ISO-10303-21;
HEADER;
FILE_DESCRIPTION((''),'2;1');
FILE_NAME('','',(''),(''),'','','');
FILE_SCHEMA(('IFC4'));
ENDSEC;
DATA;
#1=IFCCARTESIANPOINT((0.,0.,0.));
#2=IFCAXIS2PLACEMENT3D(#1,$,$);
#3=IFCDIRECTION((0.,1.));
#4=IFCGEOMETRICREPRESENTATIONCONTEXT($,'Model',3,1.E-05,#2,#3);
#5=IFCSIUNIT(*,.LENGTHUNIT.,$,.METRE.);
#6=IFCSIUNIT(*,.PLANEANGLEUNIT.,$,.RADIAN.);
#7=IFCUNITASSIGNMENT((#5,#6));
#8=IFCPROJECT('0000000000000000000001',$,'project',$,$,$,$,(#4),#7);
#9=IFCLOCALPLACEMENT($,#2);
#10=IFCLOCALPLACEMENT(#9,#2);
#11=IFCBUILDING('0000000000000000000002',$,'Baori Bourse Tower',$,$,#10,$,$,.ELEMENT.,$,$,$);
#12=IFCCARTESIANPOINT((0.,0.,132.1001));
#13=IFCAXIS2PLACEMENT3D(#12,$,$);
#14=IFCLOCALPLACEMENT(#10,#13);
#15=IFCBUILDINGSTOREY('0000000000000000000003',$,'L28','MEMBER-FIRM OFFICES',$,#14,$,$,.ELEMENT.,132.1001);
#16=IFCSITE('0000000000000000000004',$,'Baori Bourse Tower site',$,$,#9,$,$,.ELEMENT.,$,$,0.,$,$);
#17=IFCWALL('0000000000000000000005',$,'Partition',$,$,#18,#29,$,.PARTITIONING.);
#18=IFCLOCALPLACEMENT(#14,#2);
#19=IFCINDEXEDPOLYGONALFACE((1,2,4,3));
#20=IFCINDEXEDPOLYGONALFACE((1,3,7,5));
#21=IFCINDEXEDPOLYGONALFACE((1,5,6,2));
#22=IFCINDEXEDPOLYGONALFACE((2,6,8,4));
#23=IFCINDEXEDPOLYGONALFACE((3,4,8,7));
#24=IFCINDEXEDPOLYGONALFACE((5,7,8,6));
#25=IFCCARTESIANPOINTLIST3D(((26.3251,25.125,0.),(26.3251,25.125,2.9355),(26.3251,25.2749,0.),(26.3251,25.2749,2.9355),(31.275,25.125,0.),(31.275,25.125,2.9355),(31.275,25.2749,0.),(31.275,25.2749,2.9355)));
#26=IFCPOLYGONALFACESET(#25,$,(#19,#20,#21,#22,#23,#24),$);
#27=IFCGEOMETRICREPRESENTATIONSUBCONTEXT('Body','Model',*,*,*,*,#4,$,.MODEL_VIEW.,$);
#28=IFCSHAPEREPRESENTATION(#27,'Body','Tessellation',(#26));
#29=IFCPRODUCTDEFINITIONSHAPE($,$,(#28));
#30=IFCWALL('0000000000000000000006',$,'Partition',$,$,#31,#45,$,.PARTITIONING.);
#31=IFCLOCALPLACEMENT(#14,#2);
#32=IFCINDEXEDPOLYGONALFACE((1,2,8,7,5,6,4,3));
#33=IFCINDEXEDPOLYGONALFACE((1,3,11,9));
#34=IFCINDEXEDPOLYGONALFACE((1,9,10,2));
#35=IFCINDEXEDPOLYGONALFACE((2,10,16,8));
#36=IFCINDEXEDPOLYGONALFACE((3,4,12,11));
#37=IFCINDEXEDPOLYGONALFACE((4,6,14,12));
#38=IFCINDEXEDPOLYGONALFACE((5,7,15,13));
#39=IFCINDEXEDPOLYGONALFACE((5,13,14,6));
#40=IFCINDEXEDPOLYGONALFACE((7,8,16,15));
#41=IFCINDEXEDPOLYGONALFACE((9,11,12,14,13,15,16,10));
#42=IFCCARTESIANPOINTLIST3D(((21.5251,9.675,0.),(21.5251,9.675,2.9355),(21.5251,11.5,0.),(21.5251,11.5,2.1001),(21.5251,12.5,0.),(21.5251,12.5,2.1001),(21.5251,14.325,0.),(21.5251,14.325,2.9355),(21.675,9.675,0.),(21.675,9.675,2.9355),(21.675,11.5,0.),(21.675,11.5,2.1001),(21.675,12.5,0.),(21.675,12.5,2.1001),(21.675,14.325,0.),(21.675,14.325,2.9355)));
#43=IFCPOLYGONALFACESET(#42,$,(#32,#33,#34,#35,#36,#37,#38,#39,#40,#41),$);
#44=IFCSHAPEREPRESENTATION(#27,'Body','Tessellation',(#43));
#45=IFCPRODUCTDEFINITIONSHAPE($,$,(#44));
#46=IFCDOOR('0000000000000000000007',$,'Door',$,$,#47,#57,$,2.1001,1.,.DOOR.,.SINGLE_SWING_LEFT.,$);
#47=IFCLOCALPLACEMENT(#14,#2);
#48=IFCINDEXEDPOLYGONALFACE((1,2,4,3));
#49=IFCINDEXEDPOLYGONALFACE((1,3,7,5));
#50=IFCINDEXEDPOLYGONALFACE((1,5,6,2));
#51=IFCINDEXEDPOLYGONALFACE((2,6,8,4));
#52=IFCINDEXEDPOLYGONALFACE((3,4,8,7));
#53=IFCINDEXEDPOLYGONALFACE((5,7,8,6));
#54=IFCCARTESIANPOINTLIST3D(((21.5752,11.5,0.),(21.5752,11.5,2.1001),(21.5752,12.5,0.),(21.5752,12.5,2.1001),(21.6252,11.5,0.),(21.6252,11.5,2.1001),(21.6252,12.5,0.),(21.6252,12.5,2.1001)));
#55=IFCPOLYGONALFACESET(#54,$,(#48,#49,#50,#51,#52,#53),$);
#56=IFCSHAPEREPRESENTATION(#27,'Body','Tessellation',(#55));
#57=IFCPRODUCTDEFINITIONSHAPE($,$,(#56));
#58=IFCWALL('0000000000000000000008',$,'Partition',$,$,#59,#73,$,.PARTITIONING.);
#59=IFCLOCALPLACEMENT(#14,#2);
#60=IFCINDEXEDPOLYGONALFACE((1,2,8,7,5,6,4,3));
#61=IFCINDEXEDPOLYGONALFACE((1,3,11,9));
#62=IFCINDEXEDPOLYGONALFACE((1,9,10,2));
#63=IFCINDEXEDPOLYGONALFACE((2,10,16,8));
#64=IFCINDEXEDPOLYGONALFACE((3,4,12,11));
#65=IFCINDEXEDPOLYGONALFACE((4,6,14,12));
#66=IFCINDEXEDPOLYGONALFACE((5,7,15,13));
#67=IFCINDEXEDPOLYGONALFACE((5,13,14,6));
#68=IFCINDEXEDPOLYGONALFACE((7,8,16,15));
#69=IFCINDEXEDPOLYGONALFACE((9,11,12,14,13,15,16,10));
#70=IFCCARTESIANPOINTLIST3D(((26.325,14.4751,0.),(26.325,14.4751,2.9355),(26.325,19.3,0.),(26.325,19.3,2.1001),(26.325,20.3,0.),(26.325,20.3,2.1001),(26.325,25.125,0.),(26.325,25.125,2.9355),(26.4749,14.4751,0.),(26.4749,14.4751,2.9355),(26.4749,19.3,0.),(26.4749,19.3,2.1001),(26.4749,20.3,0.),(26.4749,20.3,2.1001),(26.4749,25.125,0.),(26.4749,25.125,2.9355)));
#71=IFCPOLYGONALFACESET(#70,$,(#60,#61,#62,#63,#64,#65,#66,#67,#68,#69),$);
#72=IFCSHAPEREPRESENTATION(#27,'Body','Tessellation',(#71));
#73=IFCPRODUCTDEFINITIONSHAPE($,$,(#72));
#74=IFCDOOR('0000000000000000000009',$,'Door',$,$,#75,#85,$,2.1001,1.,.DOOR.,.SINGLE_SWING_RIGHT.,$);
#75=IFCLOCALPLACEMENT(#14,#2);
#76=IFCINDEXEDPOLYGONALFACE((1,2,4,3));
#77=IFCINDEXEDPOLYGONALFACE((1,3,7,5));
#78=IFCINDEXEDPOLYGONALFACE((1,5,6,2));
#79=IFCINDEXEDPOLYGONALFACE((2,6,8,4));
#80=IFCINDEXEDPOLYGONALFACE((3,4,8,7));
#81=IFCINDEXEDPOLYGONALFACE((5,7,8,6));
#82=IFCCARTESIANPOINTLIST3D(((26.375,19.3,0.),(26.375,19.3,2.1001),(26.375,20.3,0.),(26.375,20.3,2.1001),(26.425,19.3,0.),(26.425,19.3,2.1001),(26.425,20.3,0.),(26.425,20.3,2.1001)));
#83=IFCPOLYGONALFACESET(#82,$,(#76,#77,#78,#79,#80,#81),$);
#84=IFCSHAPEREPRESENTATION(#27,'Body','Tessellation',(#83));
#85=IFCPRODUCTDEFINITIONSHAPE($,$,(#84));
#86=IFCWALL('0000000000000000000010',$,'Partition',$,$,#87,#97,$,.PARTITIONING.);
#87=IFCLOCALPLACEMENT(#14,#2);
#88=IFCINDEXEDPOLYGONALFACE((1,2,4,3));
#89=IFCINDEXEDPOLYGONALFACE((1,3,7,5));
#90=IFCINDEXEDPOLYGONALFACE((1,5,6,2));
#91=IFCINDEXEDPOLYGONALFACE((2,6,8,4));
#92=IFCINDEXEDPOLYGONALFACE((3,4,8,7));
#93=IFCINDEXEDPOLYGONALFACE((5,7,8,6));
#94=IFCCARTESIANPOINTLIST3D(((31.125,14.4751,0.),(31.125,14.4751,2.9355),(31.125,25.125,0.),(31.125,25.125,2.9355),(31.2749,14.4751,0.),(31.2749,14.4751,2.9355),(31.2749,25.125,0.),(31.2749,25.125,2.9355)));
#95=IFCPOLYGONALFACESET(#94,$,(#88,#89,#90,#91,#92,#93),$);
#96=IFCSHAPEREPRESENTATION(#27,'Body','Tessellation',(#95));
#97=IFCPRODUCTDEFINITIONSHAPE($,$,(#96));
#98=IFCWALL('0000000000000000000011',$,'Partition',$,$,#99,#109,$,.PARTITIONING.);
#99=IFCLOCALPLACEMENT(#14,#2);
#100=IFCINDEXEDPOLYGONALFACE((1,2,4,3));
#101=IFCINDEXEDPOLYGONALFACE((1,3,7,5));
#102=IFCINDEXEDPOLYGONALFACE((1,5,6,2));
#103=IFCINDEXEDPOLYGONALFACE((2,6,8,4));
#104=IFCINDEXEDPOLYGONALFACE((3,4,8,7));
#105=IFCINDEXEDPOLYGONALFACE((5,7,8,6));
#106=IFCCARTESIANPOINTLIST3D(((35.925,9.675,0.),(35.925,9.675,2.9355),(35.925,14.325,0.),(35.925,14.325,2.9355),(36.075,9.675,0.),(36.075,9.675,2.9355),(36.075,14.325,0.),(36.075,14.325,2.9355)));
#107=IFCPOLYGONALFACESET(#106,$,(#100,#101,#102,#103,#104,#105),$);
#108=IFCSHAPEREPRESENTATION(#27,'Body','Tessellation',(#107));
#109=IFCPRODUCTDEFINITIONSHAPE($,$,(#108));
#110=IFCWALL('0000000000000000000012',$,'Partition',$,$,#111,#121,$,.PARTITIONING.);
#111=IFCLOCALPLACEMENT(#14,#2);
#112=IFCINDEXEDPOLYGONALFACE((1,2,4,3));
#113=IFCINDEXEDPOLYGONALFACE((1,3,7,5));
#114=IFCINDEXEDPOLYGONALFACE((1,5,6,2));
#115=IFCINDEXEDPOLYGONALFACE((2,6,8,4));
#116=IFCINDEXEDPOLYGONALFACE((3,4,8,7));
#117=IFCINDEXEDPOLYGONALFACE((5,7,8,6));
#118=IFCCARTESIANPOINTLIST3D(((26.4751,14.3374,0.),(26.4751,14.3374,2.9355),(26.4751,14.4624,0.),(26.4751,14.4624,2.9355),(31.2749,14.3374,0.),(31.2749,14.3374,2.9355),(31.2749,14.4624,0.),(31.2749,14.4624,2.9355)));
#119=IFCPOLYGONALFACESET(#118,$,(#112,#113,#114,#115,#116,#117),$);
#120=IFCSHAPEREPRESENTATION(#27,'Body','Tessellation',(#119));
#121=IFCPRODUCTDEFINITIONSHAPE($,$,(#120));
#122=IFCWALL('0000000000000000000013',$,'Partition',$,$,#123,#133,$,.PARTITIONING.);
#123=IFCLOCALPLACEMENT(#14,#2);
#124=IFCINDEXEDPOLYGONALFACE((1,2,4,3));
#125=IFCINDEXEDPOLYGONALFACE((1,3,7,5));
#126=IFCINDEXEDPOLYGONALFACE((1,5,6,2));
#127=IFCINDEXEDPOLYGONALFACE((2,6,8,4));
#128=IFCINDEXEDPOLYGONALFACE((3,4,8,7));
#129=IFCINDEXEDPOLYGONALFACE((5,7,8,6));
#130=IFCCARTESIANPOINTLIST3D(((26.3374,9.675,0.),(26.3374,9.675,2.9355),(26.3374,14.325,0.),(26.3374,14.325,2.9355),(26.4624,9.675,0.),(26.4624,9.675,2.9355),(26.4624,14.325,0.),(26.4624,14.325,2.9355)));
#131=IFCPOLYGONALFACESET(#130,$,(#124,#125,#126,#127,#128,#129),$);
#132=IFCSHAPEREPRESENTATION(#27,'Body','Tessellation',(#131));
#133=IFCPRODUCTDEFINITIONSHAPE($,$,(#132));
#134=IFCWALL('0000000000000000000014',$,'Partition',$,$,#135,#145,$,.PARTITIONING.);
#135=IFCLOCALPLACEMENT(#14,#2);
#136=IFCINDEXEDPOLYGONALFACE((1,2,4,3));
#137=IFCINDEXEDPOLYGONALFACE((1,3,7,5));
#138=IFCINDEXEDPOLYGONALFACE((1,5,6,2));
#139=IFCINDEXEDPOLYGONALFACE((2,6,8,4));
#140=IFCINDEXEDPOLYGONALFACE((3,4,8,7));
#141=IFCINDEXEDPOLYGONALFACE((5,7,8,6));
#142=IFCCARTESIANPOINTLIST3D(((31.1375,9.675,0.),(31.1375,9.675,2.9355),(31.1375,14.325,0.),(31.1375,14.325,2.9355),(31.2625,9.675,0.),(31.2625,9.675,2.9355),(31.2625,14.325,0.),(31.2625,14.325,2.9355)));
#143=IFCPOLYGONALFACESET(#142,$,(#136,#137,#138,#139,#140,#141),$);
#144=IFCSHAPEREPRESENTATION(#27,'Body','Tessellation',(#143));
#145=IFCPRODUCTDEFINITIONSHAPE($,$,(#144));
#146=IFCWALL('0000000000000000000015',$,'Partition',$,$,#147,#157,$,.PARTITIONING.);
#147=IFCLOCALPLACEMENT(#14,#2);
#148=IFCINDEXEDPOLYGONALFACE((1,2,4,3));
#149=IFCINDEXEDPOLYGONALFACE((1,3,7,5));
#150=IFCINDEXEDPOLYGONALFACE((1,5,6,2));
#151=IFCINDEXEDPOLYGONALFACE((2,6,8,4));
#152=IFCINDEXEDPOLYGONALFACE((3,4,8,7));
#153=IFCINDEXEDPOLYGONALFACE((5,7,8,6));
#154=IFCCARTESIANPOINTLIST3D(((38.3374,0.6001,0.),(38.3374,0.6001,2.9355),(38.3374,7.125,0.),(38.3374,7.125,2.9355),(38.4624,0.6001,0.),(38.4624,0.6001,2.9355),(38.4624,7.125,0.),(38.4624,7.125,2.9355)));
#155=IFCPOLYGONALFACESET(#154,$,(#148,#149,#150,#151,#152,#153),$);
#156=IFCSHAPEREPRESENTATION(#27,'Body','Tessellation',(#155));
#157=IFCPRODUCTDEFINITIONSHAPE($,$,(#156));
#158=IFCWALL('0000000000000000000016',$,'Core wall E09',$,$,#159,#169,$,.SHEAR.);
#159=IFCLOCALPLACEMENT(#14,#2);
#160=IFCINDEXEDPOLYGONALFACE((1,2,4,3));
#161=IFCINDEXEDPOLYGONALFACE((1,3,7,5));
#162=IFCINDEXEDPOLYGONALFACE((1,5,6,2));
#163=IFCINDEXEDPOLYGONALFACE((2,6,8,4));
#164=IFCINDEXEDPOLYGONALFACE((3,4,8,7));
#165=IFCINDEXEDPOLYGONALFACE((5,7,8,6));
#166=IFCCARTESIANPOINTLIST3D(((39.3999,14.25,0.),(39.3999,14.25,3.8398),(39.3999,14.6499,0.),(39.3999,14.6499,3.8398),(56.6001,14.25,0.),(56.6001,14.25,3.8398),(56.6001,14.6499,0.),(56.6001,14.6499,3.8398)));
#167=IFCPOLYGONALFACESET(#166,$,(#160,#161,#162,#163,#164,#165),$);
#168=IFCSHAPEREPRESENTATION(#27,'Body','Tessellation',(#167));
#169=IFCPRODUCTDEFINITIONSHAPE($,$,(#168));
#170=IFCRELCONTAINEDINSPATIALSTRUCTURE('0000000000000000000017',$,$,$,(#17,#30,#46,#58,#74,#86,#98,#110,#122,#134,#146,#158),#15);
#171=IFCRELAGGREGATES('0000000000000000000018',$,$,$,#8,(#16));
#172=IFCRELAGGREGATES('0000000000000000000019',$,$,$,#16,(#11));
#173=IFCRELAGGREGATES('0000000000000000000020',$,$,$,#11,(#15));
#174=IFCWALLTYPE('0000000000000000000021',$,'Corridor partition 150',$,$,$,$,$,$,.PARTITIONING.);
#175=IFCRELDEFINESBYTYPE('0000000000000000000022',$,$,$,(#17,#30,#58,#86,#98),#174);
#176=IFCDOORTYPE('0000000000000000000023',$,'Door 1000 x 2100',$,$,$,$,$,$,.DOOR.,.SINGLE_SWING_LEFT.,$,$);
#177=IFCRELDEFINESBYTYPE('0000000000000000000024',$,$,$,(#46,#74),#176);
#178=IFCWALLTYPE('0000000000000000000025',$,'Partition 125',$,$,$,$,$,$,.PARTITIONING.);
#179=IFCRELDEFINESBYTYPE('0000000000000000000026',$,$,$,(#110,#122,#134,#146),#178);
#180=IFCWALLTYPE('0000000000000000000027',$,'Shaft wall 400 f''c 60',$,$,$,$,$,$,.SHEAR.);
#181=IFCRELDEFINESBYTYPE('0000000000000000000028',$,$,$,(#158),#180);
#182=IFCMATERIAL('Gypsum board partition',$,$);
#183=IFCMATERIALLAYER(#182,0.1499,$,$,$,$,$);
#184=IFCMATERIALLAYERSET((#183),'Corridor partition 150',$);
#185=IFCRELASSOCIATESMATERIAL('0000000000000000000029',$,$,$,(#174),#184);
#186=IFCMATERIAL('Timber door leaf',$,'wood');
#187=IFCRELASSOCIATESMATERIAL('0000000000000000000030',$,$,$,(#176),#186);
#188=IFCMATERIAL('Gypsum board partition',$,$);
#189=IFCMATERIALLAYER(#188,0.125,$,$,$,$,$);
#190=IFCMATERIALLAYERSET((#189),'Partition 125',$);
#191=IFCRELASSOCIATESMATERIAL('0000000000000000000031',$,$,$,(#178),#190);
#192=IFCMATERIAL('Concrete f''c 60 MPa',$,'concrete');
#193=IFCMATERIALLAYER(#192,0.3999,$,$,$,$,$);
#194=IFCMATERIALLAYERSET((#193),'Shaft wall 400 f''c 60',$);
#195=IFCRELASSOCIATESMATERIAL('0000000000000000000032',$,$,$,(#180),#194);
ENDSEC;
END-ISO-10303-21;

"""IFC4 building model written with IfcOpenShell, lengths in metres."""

from ifc_helpers import new_model, si_unit, direction, frame, frame_2d, origin, place, context, subcontext, project, spatial, rectangle, extrude, material, layer, layer_set, type_object, element, fill, save


model = new_model("IFC4")

# Units and contexts
model_context = context("Model", 3, precision=1e-05, world=origin(), true_north=direction((0.0, 1.0)))
body_context = subcontext(model_context, "Body", "Model", "MODEL_VIEW")
ifc_project = project(units=[si_unit("LENGTHUNIT", "METRE"), si_unit("PLANEANGLEUNIT", "RADIAN")], contexts=[model_context])

# Site, building, storey
site_placement = place(None, origin())
site = spatial("IfcSite", under=ifc_project, at=site_placement, Name="Baori Bourse Tower site", CompositionType="ELEMENT", RefElevation=0.0)
building_placement = place(site_placement, origin())
building = spatial("IfcBuilding", under=site, at=building_placement, Name="Baori Bourse Tower", CompositionType="ELEMENT")
storey_placement = place(building_placement, frame((0.0, 0.0, 132.1001)))
storey = spatial("IfcBuildingStorey", under=building, at=storey_placement, Name="L28", Description="MEMBER-FIRM OFFICES", CompositionType="ELEMENT", Elevation=132.1001)

# Wall
ifc_material_1 = material(Name="Gypsum board partition")
ifc_layer_1 = layer(ifc_material_1, 0.1499)
ifc_layer_set_1 = layer_set([ifc_layer_1], Name="Corridor partition 150")
wall_type_1 = type_object("IfcWallType", Name="Corridor partition 150", PredefinedType="PARTITIONING", material=ifc_layer_set_1)
wall_1_placement = place(storey_placement, frame((26.325, 25.2, 0.0), z_axis=(0.0, 0.0, 1.0), x_axis=(1.0, 0.0, 0.0)))
element("IfcWall", 1, at=wall_1_placement, inside=storey, type_object=wall_type_1, Name="Partition", PredefinedType="PARTITIONING", context=body_context, shape_type="SweptSolid", body=[
    extrude(rectangle(XDim=4.95, YDim=0.1499, at=frame_2d((2.4751, 0.0))), origin(), (0.0, 0.0, 1.0), 2.9355),
])

# Walls, openings, doors
wall_2_placement = place(storey_placement, frame((21.6001, 9.675, 0.0), z_axis=(0.0, 0.0, 1.0), x_axis=(0.0, 1.0, 0.0)))
wall_2 = element("IfcWall", 2, at=wall_2_placement, inside=storey, type_object=wall_type_1, Name="Partition", PredefinedType="PARTITIONING", context=body_context, shape_type="SweptSolid", body=[
    extrude(rectangle(XDim=4.6499, YDim=0.1499, at=frame_2d((2.325, 0.0))), origin(), (0.0, 0.0, 1.0), 2.9355),
])
opening_1_placement = place(wall_2_placement, frame((1.825, 0.0, 0.0)))
opening_1 = element("IfcOpeningElement", 3, at=opening_1_placement, cuts=wall_2, PredefinedType="OPENING", context=body_context, shape_type="SweptSolid", body=[
    extrude(rectangle(XDim=1.0, YDim=2.1001, at=frame_2d((0.5, 1.05))), frame((0.0, 0.085, 0.0), z_axis=(0.0, -1.0, 0.0), x_axis=(1.0, 0.0, 0.0)), (0.0, 0.0, 1.0), 0.1699),
])
ifc_material_2 = material(Name="Timber door leaf", Category="wood")
door_type_1 = type_object("IfcDoorType", Name="Door 1000 x 2100", OperationType="SINGLE_SWING_LEFT", PredefinedType="DOOR", material=ifc_material_2)
door_1_placement = place(opening_1_placement, origin())
door_1 = element("IfcDoor", 4, at=door_1_placement, inside=storey, type_object=door_type_1, Name="Door", OperationType="SINGLE_SWING_LEFT", OverallHeight=2.1001, OverallWidth=1.0, PredefinedType="DOOR", context=body_context, shape_type="SweptSolid", body=[
    extrude(rectangle(XDim=1.0, YDim=2.1001, at=frame_2d((0.5, 1.05))), frame((0.0, 0.0249, 0.0), z_axis=(0.0, -1.0, 0.0), x_axis=(1.0, 0.0, 0.0)), (0.0, 0.0, 1.0), 0.05),
])
fill(opening_1, door_1)
wall_3_placement = place(storey_placement, frame((26.3999, 14.4751, 0.0), z_axis=(0.0, 0.0, 1.0), x_axis=(0.0, 1.0, 0.0)))
wall_3 = element("IfcWall", 5, at=wall_3_placement, inside=storey, type_object=wall_type_1, Name="Partition", PredefinedType="PARTITIONING", context=body_context, shape_type="SweptSolid", body=[
    extrude(rectangle(XDim=10.6499, YDim=0.1499, at=frame_2d((5.325, 0.0))), origin(), (0.0, 0.0, 1.0), 2.9355),
])
opening_2_placement = place(wall_3_placement, frame((4.825, 0.0, 0.0)))
opening_2 = element("IfcOpeningElement", 6, at=opening_2_placement, cuts=wall_3, PredefinedType="OPENING", context=body_context, shape_type="SweptSolid", body=[
    extrude(rectangle(XDim=1.0, YDim=2.1001, at=frame_2d((0.5, 1.05))), frame((0.0, 0.085, 0.0), z_axis=(0.0, -1.0, 0.0), x_axis=(1.0, 0.0, 0.0)), (0.0, 0.0, 1.0), 0.1699),
])
door_2_placement = place(opening_2_placement, origin())
door_2 = element("IfcDoor", 7, at=door_2_placement, inside=storey, type_object=door_type_1, Name="Door", OperationType="SINGLE_SWING_RIGHT", OverallHeight=2.1001, OverallWidth=1.0, PredefinedType="DOOR", context=body_context, shape_type="SweptSolid", body=[
    extrude(rectangle(XDim=1.0, YDim=2.1001, at=frame_2d((0.5, 1.05))), frame((0.0, 0.0249, 0.0), z_axis=(0.0, -1.0, 0.0), x_axis=(1.0, 0.0, 0.0)), (0.0, 0.0, 1.0), 0.05),
])
fill(opening_2, door_2)

# Walls
wall_4_placement = place(storey_placement, frame((31.2, 14.4751, 0.0), z_axis=(0.0, 0.0, 1.0), x_axis=(0.0, 1.0, 0.0)))
element("IfcWall", 8, at=wall_4_placement, inside=storey, type_object=wall_type_1, Name="Partition", PredefinedType="PARTITIONING", context=body_context, shape_type="SweptSolid", body=[
    extrude(rectangle(XDim=10.6499, YDim=0.1499, at=frame_2d((5.325, 0.0))), origin(), (0.0, 0.0, 1.0), 2.9355),
])
wall_5_placement = place(storey_placement, frame((36.0, 9.675, 0.0), z_axis=(0.0, 0.0, 1.0), x_axis=(0.0, 1.0, 0.0)))
element("IfcWall", 9, at=wall_5_placement, inside=storey, type_object=wall_type_1, Name="Partition", PredefinedType="PARTITIONING", context=body_context, shape_type="SweptSolid", body=[
    extrude(rectangle(XDim=4.6499, YDim=0.1499, at=frame_2d((2.325, 0.0))), origin(), (0.0, 0.0, 1.0), 2.9355),
])
ifc_material_3 = material(Name="Gypsum board partition")
ifc_layer_2 = layer(ifc_material_3, 0.125)
ifc_layer_set_2 = layer_set([ifc_layer_2], Name="Partition 125")
wall_type_2 = type_object("IfcWallType", Name="Partition 125", PredefinedType="PARTITIONING", material=ifc_layer_set_2)
wall_6_placement = place(storey_placement, frame((26.4751, 14.3999, 0.0), z_axis=(0.0, 0.0, 1.0), x_axis=(1.0, 0.0, 0.0)))
element("IfcWall", 10, at=wall_6_placement, inside=storey, type_object=wall_type_2, Name="Partition", PredefinedType="PARTITIONING", context=body_context, shape_type="SweptSolid", body=[
    extrude(rectangle(XDim=4.7998, YDim=0.125, at=frame_2d((2.3999, 0.0))), origin(), (0.0, 0.0, 1.0), 2.9355),
])
for number, where, z_axis, x_axis, name in (
    (11, (26.3999, 9.675, 0.0), (0.0, 0.0, 1.0), (0.0, 1.0, 0.0), "Partition"),
    (12, (31.2, 9.675, 0.0), (0.0, 0.0, 1.0), (0.0, 1.0, 0.0), "Partition"),
):
    element("IfcWall", number, at=place(storey_placement, frame(where, z_axis=z_axis, x_axis=x_axis)), inside=storey, type_object=wall_type_2, Name=name, PredefinedType="PARTITIONING", context=body_context, shape_type="SweptSolid", body=[
        extrude(rectangle(XDim=4.6499, YDim=0.125, at=frame_2d((2.325, 0.0))), origin(), (0.0, 0.0, 1.0), 2.9355),
    ])
wall_7_placement = place(storey_placement, frame((38.3999, 0.6001, 0.0), z_axis=(0.0, 0.0, 1.0), x_axis=(0.0, 1.0, 0.0)))
element("IfcWall", 13, at=wall_7_placement, inside=storey, type_object=wall_type_2, Name="Partition", PredefinedType="PARTITIONING", context=body_context, shape_type="SweptSolid", body=[
    extrude(rectangle(XDim=6.5249, YDim=0.125, at=frame_2d((3.2625, 0.0))), origin(), (0.0, 0.0, 1.0), 2.9355),
])
ifc_material_4 = material(Name="Concrete f'c 60 MPa", Category="concrete")
ifc_layer_3 = layer(ifc_material_4, 0.3999)
ifc_layer_set_3 = layer_set([ifc_layer_3], Name="Shaft wall 400 f'c 60")
wall_type_3 = type_object("IfcWallType", Name="Shaft wall 400 f'c 60", PredefinedType="SHEAR", material=ifc_layer_set_3)
wall_8_placement = place(storey_placement, frame((39.3999, 14.45, 0.0), z_axis=(0.0, 0.0, 1.0), x_axis=(1.0, 0.0, 0.0)))
element("IfcWall", 14, at=wall_8_placement, inside=storey, type_object=wall_type_3, Name="Core wall E09", PredefinedType="SHEAR", context=body_context, shape_type="SweptSolid", body=[
    extrude(rectangle(XDim=17.2002, YDim=0.3999, at=frame_2d((8.6001, 0.0))), origin(), (0.0, 0.0, 1.0), 3.8398),
])

save(model, "model.ifc")
